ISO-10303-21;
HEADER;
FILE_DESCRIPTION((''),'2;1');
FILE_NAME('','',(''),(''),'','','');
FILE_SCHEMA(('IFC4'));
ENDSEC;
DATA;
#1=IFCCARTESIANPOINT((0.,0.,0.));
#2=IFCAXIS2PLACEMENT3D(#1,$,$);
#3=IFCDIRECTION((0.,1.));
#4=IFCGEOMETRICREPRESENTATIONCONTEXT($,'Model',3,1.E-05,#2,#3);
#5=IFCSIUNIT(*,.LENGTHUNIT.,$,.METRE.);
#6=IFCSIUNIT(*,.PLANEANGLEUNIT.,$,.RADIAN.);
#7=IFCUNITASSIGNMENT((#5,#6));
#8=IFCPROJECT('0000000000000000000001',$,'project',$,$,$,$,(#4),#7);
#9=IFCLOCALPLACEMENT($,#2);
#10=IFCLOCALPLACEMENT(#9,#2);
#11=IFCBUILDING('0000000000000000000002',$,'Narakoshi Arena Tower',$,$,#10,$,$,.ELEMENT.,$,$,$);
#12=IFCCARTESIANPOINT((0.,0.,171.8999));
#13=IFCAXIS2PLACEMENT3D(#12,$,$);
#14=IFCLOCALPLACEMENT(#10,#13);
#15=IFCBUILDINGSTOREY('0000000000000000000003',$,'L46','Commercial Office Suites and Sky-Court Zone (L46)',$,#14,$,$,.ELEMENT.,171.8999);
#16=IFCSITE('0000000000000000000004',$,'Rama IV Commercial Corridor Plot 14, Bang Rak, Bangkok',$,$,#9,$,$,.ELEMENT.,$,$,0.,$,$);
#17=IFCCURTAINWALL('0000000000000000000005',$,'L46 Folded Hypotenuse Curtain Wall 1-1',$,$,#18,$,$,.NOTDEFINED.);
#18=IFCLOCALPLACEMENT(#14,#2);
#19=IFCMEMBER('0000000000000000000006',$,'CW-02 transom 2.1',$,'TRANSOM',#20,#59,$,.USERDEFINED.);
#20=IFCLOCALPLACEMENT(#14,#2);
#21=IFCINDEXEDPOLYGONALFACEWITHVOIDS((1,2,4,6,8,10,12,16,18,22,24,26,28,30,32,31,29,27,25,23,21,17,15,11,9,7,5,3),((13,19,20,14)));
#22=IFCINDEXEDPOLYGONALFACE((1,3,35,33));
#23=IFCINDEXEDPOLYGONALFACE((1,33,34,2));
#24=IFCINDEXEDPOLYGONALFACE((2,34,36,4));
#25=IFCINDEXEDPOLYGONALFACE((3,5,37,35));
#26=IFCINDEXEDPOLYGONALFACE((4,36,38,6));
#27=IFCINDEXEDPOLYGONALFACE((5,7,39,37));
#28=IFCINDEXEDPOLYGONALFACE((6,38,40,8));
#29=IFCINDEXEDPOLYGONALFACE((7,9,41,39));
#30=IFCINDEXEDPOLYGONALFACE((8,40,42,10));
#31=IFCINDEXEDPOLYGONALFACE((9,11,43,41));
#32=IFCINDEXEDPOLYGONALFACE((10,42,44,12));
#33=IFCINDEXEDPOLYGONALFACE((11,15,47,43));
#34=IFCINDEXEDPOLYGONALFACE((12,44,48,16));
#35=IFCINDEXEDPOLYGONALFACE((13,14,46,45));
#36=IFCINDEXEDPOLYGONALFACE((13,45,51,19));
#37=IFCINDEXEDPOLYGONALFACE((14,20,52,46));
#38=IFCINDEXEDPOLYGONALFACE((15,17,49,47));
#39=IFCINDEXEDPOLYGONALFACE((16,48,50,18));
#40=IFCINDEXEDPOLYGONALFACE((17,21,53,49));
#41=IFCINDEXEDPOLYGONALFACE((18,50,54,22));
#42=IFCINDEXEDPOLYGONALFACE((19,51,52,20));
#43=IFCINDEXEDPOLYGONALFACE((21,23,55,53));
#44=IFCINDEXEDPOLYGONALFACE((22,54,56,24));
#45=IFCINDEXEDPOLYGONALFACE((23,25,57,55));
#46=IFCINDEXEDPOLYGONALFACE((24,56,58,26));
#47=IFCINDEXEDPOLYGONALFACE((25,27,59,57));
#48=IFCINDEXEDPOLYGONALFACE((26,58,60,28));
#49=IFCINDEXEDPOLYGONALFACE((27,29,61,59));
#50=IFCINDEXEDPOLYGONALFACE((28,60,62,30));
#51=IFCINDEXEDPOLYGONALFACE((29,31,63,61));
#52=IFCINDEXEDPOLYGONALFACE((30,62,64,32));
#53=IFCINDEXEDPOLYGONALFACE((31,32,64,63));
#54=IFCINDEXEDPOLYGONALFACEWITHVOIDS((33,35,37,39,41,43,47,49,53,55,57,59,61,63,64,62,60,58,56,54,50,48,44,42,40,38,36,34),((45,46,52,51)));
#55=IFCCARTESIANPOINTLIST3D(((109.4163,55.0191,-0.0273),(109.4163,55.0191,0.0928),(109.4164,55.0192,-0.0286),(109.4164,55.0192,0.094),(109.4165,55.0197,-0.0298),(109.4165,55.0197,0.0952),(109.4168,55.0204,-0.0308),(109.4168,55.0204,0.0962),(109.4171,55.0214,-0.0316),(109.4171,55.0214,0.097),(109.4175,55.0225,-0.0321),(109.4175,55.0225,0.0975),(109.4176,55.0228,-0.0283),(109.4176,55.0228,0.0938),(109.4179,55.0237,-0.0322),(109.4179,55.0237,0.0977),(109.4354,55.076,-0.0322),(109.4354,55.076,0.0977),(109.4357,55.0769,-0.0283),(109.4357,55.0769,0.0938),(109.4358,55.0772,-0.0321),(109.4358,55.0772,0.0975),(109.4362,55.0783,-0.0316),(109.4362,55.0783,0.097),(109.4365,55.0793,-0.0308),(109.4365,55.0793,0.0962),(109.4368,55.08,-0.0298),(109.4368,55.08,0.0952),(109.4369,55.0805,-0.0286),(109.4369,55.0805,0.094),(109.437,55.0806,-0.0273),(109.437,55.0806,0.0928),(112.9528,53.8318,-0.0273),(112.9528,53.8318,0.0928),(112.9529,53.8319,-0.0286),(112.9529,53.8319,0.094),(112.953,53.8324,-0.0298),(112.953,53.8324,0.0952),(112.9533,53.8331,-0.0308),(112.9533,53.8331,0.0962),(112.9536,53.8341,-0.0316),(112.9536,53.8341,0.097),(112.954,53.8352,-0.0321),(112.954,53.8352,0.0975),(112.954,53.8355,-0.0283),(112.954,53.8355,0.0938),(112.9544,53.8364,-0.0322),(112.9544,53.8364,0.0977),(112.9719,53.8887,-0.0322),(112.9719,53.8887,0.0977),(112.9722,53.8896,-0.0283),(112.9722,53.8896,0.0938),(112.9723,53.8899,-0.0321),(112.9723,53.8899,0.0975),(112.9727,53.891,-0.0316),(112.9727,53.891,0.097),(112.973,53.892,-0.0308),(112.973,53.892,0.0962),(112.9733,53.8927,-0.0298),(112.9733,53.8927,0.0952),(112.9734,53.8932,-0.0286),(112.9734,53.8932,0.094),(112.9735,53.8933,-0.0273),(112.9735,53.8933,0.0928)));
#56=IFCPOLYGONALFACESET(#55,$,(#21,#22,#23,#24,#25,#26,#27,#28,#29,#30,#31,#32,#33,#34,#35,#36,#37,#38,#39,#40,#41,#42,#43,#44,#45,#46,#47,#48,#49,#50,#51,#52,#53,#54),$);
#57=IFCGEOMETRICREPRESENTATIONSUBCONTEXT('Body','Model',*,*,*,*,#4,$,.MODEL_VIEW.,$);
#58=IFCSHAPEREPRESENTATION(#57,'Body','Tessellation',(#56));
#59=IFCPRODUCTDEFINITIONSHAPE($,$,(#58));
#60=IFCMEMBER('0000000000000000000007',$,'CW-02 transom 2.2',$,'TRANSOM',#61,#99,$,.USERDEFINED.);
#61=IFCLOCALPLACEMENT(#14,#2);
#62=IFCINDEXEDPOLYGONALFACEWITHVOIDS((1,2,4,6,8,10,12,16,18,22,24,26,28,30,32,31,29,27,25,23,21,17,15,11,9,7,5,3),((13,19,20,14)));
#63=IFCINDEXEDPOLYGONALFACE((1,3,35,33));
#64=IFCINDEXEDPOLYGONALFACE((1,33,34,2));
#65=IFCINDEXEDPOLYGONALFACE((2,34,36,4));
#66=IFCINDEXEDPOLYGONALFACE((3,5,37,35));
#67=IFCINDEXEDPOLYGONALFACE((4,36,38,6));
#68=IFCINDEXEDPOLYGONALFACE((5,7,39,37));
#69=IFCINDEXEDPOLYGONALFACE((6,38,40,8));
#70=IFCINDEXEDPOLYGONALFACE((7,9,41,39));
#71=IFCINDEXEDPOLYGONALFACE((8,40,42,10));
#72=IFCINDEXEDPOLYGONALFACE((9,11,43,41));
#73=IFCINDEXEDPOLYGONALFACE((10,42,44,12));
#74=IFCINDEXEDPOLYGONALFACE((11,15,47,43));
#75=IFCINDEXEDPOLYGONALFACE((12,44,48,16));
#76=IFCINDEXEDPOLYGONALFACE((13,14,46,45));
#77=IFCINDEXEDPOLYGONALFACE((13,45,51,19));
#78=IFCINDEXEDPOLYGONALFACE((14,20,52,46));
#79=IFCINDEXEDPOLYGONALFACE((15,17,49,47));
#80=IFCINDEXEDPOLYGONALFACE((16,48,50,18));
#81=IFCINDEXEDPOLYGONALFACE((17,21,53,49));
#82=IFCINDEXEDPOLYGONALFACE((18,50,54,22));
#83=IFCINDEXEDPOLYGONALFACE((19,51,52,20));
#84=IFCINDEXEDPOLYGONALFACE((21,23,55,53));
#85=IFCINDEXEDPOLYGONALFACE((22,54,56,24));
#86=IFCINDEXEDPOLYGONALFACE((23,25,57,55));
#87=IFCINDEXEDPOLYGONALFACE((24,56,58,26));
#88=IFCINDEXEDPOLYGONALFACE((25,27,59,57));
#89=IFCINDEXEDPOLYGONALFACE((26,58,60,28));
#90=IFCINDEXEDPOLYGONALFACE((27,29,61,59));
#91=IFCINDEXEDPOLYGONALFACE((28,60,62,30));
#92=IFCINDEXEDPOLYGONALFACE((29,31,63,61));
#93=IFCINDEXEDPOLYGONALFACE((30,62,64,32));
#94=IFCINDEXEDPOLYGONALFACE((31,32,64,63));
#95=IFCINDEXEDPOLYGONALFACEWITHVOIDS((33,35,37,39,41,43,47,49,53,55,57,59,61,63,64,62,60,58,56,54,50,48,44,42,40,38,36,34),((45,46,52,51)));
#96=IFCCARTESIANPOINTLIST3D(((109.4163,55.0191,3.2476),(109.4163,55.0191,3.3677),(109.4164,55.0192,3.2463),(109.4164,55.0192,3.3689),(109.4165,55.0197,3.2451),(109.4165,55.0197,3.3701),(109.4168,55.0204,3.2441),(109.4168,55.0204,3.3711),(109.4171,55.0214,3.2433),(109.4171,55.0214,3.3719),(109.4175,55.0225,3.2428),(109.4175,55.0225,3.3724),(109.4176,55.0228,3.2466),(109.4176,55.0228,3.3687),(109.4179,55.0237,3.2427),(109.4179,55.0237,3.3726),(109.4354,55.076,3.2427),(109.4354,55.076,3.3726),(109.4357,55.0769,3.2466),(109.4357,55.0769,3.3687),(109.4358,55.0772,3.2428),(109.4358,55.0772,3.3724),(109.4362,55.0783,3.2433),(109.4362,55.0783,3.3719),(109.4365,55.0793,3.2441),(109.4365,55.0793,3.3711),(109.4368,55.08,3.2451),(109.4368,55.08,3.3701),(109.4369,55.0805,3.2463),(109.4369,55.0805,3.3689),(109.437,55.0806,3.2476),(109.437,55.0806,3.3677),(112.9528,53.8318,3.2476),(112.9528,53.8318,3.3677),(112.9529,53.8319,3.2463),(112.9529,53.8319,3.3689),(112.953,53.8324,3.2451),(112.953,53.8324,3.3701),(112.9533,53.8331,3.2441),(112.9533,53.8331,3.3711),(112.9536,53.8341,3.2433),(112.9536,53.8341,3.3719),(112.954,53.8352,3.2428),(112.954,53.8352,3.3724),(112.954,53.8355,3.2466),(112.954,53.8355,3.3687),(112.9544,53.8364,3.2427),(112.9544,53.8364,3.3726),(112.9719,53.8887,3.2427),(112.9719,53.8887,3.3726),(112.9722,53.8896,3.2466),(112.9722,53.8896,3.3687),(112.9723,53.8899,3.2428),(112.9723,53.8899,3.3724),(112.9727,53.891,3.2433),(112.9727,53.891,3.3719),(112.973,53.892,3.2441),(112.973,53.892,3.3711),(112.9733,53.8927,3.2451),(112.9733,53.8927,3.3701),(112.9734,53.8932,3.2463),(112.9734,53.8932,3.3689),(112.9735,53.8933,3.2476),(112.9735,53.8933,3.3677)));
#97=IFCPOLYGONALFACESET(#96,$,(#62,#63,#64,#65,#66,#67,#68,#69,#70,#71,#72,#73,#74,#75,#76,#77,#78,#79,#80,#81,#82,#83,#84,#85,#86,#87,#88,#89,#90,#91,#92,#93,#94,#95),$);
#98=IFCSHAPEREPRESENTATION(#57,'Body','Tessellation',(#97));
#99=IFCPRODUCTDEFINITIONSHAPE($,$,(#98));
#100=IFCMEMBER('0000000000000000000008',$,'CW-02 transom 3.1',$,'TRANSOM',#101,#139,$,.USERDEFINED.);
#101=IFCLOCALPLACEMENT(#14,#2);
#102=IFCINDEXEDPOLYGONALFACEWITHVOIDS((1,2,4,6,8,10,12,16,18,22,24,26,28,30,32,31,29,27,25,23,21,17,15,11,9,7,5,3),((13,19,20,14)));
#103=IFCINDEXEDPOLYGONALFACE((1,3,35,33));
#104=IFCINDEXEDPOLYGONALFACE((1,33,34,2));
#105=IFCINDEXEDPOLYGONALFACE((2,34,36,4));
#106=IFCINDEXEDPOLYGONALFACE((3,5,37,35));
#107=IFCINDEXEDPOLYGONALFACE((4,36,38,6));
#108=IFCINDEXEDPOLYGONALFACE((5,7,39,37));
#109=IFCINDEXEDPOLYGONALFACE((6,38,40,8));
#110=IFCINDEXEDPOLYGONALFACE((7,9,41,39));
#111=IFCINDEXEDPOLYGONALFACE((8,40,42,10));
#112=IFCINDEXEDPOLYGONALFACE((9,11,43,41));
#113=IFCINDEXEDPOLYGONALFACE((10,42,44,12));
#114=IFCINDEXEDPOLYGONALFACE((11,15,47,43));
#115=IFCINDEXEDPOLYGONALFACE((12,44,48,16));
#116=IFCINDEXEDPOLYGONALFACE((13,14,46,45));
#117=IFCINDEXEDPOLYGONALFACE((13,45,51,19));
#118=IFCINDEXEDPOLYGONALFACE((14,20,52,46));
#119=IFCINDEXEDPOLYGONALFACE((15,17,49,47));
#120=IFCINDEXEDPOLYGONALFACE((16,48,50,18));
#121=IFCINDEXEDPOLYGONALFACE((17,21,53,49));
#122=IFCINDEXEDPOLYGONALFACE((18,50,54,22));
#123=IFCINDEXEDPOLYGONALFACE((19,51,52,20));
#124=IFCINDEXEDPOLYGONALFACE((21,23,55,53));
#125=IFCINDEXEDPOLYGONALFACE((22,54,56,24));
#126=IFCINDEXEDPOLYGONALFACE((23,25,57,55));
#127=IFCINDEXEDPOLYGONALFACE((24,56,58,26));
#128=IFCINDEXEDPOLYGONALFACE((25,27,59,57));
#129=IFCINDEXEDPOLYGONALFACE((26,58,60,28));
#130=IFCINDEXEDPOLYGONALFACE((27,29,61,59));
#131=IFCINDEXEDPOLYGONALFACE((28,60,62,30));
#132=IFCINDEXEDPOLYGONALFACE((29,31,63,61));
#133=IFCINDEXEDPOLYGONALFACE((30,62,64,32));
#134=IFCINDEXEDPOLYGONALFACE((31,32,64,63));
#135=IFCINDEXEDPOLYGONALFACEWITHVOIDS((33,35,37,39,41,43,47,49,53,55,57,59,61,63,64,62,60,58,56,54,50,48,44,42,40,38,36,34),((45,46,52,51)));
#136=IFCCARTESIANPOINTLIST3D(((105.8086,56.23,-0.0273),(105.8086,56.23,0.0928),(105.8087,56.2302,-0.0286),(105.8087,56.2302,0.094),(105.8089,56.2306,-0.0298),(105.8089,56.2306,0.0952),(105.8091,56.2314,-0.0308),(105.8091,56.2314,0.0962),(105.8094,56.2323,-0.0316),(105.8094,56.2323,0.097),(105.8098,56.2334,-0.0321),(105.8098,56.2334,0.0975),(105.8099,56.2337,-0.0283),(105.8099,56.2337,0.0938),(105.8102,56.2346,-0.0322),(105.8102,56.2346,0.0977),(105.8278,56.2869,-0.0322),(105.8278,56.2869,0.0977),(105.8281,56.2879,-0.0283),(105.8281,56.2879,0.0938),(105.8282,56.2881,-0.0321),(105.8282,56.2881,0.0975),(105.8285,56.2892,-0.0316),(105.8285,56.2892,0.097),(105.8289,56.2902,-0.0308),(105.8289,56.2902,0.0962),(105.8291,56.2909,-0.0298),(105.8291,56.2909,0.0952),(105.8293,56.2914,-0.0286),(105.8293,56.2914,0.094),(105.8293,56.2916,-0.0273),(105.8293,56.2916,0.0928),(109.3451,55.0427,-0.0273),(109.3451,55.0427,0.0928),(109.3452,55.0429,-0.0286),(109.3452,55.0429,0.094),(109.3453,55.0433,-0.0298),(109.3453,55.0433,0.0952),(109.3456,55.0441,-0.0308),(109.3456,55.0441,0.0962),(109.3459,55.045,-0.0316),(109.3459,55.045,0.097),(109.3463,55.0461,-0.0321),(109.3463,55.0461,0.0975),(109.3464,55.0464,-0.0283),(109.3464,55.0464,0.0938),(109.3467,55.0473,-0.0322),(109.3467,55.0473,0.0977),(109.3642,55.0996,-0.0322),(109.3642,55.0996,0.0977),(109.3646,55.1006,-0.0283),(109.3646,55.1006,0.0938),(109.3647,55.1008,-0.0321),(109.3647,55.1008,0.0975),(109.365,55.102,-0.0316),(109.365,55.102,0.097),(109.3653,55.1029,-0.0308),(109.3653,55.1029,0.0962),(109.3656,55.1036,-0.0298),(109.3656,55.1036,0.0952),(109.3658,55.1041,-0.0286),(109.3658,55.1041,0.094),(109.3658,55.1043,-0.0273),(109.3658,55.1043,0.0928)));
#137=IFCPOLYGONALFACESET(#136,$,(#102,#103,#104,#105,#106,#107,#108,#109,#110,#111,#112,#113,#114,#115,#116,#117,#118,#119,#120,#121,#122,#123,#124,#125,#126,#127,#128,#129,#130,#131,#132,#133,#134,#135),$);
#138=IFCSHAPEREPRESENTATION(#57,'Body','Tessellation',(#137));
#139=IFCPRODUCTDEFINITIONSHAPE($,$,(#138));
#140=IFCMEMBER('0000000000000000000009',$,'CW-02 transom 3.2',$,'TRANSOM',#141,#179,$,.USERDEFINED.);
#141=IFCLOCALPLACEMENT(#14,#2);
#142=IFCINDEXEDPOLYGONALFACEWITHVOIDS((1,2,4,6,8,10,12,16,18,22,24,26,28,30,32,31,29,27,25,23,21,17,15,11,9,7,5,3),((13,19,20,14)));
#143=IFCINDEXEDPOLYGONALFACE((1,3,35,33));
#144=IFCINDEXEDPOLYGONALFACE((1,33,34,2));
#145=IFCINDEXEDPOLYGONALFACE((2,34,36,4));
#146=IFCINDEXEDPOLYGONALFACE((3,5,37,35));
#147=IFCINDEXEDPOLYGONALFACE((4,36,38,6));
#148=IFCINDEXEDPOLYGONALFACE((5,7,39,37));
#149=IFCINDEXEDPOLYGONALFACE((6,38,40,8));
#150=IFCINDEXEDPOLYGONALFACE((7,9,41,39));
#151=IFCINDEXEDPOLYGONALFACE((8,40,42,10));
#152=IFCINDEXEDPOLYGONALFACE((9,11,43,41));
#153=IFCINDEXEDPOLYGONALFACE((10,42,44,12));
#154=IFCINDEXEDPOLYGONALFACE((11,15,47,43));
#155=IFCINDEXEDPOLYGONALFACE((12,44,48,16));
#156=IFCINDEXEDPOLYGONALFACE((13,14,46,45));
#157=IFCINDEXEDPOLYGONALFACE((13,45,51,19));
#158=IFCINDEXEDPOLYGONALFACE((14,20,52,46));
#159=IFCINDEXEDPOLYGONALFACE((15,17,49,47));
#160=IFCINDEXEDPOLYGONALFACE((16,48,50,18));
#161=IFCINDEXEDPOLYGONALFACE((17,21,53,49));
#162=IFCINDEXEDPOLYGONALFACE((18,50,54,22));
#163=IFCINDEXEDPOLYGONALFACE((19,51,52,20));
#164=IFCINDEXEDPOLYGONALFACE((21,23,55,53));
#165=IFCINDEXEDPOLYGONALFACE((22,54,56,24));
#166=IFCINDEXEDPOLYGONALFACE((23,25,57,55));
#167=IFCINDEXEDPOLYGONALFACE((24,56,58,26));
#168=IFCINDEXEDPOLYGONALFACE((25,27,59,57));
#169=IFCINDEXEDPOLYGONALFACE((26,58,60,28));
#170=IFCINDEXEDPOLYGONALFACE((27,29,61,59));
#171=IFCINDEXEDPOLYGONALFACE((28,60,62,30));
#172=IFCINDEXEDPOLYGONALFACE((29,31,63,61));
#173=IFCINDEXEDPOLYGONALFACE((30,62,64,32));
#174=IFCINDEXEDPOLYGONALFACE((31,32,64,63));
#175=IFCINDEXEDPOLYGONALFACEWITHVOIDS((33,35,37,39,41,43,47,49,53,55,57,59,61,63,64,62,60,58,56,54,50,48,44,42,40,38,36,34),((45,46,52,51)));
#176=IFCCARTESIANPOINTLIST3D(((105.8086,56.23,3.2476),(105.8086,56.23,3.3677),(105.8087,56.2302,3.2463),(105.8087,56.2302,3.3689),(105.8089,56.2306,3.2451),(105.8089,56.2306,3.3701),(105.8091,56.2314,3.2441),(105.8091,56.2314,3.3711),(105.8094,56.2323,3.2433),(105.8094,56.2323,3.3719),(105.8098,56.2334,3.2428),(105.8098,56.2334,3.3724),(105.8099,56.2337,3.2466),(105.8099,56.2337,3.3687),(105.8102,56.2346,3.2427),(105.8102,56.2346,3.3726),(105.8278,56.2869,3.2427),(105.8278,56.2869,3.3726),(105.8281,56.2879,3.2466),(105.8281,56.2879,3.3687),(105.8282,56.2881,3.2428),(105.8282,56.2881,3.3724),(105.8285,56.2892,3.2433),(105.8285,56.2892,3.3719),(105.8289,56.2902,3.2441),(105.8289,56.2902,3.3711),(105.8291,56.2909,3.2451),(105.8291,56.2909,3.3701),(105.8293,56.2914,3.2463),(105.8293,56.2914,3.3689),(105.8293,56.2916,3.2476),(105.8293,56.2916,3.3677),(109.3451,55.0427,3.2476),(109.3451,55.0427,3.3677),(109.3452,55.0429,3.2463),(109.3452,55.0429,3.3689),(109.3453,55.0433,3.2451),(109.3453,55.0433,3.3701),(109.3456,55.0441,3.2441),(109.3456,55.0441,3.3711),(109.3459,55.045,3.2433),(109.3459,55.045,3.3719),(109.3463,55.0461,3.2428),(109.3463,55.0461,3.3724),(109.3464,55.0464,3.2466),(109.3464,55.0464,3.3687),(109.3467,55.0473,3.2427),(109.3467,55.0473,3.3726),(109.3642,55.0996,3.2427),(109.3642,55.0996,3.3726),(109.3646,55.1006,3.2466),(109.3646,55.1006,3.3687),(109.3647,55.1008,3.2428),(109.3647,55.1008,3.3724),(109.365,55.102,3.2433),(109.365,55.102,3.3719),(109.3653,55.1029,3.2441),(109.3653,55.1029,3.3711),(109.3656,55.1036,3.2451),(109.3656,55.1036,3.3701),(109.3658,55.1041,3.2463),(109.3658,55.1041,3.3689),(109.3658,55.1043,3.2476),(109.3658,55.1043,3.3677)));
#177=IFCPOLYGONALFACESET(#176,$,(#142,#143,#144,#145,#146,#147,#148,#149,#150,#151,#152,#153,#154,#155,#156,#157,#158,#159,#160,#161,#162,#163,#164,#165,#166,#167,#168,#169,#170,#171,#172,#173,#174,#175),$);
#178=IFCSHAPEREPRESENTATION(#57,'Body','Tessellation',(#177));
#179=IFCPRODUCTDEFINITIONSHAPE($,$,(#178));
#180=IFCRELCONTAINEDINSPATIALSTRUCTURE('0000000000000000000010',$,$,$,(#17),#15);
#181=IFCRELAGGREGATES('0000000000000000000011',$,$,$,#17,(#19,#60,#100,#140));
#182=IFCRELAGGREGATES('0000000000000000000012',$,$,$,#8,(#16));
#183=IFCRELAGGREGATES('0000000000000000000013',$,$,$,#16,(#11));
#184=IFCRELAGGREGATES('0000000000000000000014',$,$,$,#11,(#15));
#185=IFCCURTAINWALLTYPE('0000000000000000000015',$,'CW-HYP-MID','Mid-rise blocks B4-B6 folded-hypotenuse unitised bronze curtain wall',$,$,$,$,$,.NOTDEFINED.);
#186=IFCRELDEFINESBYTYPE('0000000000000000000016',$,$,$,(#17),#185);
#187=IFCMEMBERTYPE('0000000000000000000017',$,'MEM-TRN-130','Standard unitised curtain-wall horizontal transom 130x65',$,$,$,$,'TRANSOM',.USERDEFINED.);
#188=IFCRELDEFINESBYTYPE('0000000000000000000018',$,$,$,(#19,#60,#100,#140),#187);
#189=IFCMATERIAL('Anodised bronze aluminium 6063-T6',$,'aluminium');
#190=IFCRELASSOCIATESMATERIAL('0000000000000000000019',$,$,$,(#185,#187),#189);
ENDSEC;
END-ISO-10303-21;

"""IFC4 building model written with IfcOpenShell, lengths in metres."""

from ifc_helpers import new_model, si_unit, direction, frame, origin, origin_2d, place, context, subcontext, project, spatial, hollow_rectangle, extrude, material, material_profile, profile_set, type_object, element, aggregate, save


model = new_model("IFC4")

# Units and contexts
model_context = context("Model", 3, precision=1e-05, world=origin(), true_north=direction((0.0, 1.0)))
body_context = subcontext(model_context, "Body", "Model", "MODEL_VIEW")
ifc_project = project(units=[si_unit("LENGTHUNIT", "METRE"), si_unit("PLANEANGLEUNIT", "RADIAN")], contexts=[model_context])

# Site, building, storey
site_placement = place(None, origin())
site = spatial("IfcSite", under=ifc_project, at=site_placement, Name="Rama IV Commercial Corridor Plot 14, Bang Rak, Bangkok", CompositionType="ELEMENT", RefElevation=0.0)
building_placement = place(site_placement, origin())
building = spatial("IfcBuilding", under=site, at=building_placement, Name="Narakoshi Arena Tower", CompositionType="ELEMENT")
storey_placement = place(building_placement, frame((0.0, 0.0, 171.8999)))
storey = spatial("IfcBuildingStorey", under=building, at=storey_placement, Name="L46", Description="Commercial Office Suites and Sky-Court Zone (L46)", CompositionType="ELEMENT", Elevation=171.8999)

# Curtain wall, members
ifc_material_1 = material(Name="Anodised bronze aluminium 6063-T6", Category="aluminium")
curtain_wall_type = type_object("IfcCurtainWallType", Name="CW-HYP-MID", Description="Mid-rise blocks B4-B6 folded-hypotenuse unitised bronze curtain wall", PredefinedType="NOTDEFINED", material=ifc_material_1)
curtain_wall_placement = place(storey_placement, origin())
curtain_wall = element("IfcCurtainWall", 1, at=curtain_wall_placement, inside=storey, type_object=curtain_wall_type, Name="L46 Folded Hypotenuse Curtain Wall 1-1", PredefinedType="NOTDEFINED")
ifc_material_profile_1 = material_profile(ifc_material_1, hollow_rectangle(XDim=0.0649, YDim=0.1299, WallThickness=0.0039, OuterFilletRadius=0.0049, at=origin_2d()), Name="TRN130x65x4")
ifc_profile_set_1 = profile_set([ifc_material_profile_1], Name="Anodised bronze aluminium 6063-T6")
member_type_1 = type_object("IfcMemberType", Name="MEM-TRN-130", Description="Standard unitised curtain-wall horizontal transom 130x65", ElementType="TRANSOM", PredefinedType="USERDEFINED", material=ifc_profile_set_1)
member_1_placement = place(storey_placement, frame((112.9631, 53.8625, 0.0327), z_axis=(-0.948, 0.318269, 0.0), x_axis=(-0.318269, -0.948, 0.0)))
member_1 = element("IfcMember", 2, at=member_1_placement, type_object=member_type_1, Name="CW-02 transom 2.1", ObjectType="TRANSOM", PredefinedType="USERDEFINED", context=body_context, shape_type="SweptSolid", body=[
    extrude(hollow_rectangle(XDim=0.0649, YDim=0.1299, WallThickness=0.0039, OuterFilletRadius=0.0049, at=origin_2d()), origin(), (0.0, 0.0, 1.0), 3.7305),
])
member_2_placement = place(storey_placement, frame((112.9631, 53.8625, 3.3076), z_axis=(-0.948, 0.318269, 0.0), x_axis=(-0.318269, -0.948, 0.0)))
member_2 = element("IfcMember", 3, at=member_2_placement, type_object=member_type_1, Name="CW-02 transom 2.2", ObjectType="TRANSOM", PredefinedType="USERDEFINED", context=body_context, shape_type="SweptSolid", body=[
    extrude(hollow_rectangle(XDim=0.0649, YDim=0.1299, WallThickness=0.0039, OuterFilletRadius=0.0049, at=origin_2d()), origin(), (0.0, 0.0, 1.0), 3.7305),
])
member_3_placement = place(storey_placement, frame((109.3555, 55.0735, 0.0327), z_axis=(-0.948, 0.318269, 0.0), x_axis=(-0.318269, -0.948, 0.0)))
member_3 = element("IfcMember", 4, at=member_3_placement, type_object=member_type_1, Name="CW-02 transom 3.1", ObjectType="TRANSOM", PredefinedType="USERDEFINED", context=body_context, shape_type="SweptSolid", body=[
    extrude(hollow_rectangle(XDim=0.0649, YDim=0.1299, WallThickness=0.0039, OuterFilletRadius=0.0049, at=origin_2d()), origin(), (0.0, 0.0, 1.0), 3.7305),
])
member_4_placement = place(storey_placement, frame((109.3555, 55.0735, 3.3076), z_axis=(-0.948, 0.318269, 0.0), x_axis=(-0.318269, -0.948, 0.0)))
member_4 = element("IfcMember", 5, at=member_4_placement, type_object=member_type_1, Name="CW-02 transom 3.2", ObjectType="TRANSOM", PredefinedType="USERDEFINED", context=body_context, shape_type="SweptSolid", body=[
    extrude(hollow_rectangle(XDim=0.0649, YDim=0.1299, WallThickness=0.0039, OuterFilletRadius=0.0049, at=origin_2d()), origin(), (0.0, 0.0, 1.0), 3.7305),
])
aggregate(curtain_wall, [member_1, member_2, member_3, member_4])

save(model, "model.ifc")
